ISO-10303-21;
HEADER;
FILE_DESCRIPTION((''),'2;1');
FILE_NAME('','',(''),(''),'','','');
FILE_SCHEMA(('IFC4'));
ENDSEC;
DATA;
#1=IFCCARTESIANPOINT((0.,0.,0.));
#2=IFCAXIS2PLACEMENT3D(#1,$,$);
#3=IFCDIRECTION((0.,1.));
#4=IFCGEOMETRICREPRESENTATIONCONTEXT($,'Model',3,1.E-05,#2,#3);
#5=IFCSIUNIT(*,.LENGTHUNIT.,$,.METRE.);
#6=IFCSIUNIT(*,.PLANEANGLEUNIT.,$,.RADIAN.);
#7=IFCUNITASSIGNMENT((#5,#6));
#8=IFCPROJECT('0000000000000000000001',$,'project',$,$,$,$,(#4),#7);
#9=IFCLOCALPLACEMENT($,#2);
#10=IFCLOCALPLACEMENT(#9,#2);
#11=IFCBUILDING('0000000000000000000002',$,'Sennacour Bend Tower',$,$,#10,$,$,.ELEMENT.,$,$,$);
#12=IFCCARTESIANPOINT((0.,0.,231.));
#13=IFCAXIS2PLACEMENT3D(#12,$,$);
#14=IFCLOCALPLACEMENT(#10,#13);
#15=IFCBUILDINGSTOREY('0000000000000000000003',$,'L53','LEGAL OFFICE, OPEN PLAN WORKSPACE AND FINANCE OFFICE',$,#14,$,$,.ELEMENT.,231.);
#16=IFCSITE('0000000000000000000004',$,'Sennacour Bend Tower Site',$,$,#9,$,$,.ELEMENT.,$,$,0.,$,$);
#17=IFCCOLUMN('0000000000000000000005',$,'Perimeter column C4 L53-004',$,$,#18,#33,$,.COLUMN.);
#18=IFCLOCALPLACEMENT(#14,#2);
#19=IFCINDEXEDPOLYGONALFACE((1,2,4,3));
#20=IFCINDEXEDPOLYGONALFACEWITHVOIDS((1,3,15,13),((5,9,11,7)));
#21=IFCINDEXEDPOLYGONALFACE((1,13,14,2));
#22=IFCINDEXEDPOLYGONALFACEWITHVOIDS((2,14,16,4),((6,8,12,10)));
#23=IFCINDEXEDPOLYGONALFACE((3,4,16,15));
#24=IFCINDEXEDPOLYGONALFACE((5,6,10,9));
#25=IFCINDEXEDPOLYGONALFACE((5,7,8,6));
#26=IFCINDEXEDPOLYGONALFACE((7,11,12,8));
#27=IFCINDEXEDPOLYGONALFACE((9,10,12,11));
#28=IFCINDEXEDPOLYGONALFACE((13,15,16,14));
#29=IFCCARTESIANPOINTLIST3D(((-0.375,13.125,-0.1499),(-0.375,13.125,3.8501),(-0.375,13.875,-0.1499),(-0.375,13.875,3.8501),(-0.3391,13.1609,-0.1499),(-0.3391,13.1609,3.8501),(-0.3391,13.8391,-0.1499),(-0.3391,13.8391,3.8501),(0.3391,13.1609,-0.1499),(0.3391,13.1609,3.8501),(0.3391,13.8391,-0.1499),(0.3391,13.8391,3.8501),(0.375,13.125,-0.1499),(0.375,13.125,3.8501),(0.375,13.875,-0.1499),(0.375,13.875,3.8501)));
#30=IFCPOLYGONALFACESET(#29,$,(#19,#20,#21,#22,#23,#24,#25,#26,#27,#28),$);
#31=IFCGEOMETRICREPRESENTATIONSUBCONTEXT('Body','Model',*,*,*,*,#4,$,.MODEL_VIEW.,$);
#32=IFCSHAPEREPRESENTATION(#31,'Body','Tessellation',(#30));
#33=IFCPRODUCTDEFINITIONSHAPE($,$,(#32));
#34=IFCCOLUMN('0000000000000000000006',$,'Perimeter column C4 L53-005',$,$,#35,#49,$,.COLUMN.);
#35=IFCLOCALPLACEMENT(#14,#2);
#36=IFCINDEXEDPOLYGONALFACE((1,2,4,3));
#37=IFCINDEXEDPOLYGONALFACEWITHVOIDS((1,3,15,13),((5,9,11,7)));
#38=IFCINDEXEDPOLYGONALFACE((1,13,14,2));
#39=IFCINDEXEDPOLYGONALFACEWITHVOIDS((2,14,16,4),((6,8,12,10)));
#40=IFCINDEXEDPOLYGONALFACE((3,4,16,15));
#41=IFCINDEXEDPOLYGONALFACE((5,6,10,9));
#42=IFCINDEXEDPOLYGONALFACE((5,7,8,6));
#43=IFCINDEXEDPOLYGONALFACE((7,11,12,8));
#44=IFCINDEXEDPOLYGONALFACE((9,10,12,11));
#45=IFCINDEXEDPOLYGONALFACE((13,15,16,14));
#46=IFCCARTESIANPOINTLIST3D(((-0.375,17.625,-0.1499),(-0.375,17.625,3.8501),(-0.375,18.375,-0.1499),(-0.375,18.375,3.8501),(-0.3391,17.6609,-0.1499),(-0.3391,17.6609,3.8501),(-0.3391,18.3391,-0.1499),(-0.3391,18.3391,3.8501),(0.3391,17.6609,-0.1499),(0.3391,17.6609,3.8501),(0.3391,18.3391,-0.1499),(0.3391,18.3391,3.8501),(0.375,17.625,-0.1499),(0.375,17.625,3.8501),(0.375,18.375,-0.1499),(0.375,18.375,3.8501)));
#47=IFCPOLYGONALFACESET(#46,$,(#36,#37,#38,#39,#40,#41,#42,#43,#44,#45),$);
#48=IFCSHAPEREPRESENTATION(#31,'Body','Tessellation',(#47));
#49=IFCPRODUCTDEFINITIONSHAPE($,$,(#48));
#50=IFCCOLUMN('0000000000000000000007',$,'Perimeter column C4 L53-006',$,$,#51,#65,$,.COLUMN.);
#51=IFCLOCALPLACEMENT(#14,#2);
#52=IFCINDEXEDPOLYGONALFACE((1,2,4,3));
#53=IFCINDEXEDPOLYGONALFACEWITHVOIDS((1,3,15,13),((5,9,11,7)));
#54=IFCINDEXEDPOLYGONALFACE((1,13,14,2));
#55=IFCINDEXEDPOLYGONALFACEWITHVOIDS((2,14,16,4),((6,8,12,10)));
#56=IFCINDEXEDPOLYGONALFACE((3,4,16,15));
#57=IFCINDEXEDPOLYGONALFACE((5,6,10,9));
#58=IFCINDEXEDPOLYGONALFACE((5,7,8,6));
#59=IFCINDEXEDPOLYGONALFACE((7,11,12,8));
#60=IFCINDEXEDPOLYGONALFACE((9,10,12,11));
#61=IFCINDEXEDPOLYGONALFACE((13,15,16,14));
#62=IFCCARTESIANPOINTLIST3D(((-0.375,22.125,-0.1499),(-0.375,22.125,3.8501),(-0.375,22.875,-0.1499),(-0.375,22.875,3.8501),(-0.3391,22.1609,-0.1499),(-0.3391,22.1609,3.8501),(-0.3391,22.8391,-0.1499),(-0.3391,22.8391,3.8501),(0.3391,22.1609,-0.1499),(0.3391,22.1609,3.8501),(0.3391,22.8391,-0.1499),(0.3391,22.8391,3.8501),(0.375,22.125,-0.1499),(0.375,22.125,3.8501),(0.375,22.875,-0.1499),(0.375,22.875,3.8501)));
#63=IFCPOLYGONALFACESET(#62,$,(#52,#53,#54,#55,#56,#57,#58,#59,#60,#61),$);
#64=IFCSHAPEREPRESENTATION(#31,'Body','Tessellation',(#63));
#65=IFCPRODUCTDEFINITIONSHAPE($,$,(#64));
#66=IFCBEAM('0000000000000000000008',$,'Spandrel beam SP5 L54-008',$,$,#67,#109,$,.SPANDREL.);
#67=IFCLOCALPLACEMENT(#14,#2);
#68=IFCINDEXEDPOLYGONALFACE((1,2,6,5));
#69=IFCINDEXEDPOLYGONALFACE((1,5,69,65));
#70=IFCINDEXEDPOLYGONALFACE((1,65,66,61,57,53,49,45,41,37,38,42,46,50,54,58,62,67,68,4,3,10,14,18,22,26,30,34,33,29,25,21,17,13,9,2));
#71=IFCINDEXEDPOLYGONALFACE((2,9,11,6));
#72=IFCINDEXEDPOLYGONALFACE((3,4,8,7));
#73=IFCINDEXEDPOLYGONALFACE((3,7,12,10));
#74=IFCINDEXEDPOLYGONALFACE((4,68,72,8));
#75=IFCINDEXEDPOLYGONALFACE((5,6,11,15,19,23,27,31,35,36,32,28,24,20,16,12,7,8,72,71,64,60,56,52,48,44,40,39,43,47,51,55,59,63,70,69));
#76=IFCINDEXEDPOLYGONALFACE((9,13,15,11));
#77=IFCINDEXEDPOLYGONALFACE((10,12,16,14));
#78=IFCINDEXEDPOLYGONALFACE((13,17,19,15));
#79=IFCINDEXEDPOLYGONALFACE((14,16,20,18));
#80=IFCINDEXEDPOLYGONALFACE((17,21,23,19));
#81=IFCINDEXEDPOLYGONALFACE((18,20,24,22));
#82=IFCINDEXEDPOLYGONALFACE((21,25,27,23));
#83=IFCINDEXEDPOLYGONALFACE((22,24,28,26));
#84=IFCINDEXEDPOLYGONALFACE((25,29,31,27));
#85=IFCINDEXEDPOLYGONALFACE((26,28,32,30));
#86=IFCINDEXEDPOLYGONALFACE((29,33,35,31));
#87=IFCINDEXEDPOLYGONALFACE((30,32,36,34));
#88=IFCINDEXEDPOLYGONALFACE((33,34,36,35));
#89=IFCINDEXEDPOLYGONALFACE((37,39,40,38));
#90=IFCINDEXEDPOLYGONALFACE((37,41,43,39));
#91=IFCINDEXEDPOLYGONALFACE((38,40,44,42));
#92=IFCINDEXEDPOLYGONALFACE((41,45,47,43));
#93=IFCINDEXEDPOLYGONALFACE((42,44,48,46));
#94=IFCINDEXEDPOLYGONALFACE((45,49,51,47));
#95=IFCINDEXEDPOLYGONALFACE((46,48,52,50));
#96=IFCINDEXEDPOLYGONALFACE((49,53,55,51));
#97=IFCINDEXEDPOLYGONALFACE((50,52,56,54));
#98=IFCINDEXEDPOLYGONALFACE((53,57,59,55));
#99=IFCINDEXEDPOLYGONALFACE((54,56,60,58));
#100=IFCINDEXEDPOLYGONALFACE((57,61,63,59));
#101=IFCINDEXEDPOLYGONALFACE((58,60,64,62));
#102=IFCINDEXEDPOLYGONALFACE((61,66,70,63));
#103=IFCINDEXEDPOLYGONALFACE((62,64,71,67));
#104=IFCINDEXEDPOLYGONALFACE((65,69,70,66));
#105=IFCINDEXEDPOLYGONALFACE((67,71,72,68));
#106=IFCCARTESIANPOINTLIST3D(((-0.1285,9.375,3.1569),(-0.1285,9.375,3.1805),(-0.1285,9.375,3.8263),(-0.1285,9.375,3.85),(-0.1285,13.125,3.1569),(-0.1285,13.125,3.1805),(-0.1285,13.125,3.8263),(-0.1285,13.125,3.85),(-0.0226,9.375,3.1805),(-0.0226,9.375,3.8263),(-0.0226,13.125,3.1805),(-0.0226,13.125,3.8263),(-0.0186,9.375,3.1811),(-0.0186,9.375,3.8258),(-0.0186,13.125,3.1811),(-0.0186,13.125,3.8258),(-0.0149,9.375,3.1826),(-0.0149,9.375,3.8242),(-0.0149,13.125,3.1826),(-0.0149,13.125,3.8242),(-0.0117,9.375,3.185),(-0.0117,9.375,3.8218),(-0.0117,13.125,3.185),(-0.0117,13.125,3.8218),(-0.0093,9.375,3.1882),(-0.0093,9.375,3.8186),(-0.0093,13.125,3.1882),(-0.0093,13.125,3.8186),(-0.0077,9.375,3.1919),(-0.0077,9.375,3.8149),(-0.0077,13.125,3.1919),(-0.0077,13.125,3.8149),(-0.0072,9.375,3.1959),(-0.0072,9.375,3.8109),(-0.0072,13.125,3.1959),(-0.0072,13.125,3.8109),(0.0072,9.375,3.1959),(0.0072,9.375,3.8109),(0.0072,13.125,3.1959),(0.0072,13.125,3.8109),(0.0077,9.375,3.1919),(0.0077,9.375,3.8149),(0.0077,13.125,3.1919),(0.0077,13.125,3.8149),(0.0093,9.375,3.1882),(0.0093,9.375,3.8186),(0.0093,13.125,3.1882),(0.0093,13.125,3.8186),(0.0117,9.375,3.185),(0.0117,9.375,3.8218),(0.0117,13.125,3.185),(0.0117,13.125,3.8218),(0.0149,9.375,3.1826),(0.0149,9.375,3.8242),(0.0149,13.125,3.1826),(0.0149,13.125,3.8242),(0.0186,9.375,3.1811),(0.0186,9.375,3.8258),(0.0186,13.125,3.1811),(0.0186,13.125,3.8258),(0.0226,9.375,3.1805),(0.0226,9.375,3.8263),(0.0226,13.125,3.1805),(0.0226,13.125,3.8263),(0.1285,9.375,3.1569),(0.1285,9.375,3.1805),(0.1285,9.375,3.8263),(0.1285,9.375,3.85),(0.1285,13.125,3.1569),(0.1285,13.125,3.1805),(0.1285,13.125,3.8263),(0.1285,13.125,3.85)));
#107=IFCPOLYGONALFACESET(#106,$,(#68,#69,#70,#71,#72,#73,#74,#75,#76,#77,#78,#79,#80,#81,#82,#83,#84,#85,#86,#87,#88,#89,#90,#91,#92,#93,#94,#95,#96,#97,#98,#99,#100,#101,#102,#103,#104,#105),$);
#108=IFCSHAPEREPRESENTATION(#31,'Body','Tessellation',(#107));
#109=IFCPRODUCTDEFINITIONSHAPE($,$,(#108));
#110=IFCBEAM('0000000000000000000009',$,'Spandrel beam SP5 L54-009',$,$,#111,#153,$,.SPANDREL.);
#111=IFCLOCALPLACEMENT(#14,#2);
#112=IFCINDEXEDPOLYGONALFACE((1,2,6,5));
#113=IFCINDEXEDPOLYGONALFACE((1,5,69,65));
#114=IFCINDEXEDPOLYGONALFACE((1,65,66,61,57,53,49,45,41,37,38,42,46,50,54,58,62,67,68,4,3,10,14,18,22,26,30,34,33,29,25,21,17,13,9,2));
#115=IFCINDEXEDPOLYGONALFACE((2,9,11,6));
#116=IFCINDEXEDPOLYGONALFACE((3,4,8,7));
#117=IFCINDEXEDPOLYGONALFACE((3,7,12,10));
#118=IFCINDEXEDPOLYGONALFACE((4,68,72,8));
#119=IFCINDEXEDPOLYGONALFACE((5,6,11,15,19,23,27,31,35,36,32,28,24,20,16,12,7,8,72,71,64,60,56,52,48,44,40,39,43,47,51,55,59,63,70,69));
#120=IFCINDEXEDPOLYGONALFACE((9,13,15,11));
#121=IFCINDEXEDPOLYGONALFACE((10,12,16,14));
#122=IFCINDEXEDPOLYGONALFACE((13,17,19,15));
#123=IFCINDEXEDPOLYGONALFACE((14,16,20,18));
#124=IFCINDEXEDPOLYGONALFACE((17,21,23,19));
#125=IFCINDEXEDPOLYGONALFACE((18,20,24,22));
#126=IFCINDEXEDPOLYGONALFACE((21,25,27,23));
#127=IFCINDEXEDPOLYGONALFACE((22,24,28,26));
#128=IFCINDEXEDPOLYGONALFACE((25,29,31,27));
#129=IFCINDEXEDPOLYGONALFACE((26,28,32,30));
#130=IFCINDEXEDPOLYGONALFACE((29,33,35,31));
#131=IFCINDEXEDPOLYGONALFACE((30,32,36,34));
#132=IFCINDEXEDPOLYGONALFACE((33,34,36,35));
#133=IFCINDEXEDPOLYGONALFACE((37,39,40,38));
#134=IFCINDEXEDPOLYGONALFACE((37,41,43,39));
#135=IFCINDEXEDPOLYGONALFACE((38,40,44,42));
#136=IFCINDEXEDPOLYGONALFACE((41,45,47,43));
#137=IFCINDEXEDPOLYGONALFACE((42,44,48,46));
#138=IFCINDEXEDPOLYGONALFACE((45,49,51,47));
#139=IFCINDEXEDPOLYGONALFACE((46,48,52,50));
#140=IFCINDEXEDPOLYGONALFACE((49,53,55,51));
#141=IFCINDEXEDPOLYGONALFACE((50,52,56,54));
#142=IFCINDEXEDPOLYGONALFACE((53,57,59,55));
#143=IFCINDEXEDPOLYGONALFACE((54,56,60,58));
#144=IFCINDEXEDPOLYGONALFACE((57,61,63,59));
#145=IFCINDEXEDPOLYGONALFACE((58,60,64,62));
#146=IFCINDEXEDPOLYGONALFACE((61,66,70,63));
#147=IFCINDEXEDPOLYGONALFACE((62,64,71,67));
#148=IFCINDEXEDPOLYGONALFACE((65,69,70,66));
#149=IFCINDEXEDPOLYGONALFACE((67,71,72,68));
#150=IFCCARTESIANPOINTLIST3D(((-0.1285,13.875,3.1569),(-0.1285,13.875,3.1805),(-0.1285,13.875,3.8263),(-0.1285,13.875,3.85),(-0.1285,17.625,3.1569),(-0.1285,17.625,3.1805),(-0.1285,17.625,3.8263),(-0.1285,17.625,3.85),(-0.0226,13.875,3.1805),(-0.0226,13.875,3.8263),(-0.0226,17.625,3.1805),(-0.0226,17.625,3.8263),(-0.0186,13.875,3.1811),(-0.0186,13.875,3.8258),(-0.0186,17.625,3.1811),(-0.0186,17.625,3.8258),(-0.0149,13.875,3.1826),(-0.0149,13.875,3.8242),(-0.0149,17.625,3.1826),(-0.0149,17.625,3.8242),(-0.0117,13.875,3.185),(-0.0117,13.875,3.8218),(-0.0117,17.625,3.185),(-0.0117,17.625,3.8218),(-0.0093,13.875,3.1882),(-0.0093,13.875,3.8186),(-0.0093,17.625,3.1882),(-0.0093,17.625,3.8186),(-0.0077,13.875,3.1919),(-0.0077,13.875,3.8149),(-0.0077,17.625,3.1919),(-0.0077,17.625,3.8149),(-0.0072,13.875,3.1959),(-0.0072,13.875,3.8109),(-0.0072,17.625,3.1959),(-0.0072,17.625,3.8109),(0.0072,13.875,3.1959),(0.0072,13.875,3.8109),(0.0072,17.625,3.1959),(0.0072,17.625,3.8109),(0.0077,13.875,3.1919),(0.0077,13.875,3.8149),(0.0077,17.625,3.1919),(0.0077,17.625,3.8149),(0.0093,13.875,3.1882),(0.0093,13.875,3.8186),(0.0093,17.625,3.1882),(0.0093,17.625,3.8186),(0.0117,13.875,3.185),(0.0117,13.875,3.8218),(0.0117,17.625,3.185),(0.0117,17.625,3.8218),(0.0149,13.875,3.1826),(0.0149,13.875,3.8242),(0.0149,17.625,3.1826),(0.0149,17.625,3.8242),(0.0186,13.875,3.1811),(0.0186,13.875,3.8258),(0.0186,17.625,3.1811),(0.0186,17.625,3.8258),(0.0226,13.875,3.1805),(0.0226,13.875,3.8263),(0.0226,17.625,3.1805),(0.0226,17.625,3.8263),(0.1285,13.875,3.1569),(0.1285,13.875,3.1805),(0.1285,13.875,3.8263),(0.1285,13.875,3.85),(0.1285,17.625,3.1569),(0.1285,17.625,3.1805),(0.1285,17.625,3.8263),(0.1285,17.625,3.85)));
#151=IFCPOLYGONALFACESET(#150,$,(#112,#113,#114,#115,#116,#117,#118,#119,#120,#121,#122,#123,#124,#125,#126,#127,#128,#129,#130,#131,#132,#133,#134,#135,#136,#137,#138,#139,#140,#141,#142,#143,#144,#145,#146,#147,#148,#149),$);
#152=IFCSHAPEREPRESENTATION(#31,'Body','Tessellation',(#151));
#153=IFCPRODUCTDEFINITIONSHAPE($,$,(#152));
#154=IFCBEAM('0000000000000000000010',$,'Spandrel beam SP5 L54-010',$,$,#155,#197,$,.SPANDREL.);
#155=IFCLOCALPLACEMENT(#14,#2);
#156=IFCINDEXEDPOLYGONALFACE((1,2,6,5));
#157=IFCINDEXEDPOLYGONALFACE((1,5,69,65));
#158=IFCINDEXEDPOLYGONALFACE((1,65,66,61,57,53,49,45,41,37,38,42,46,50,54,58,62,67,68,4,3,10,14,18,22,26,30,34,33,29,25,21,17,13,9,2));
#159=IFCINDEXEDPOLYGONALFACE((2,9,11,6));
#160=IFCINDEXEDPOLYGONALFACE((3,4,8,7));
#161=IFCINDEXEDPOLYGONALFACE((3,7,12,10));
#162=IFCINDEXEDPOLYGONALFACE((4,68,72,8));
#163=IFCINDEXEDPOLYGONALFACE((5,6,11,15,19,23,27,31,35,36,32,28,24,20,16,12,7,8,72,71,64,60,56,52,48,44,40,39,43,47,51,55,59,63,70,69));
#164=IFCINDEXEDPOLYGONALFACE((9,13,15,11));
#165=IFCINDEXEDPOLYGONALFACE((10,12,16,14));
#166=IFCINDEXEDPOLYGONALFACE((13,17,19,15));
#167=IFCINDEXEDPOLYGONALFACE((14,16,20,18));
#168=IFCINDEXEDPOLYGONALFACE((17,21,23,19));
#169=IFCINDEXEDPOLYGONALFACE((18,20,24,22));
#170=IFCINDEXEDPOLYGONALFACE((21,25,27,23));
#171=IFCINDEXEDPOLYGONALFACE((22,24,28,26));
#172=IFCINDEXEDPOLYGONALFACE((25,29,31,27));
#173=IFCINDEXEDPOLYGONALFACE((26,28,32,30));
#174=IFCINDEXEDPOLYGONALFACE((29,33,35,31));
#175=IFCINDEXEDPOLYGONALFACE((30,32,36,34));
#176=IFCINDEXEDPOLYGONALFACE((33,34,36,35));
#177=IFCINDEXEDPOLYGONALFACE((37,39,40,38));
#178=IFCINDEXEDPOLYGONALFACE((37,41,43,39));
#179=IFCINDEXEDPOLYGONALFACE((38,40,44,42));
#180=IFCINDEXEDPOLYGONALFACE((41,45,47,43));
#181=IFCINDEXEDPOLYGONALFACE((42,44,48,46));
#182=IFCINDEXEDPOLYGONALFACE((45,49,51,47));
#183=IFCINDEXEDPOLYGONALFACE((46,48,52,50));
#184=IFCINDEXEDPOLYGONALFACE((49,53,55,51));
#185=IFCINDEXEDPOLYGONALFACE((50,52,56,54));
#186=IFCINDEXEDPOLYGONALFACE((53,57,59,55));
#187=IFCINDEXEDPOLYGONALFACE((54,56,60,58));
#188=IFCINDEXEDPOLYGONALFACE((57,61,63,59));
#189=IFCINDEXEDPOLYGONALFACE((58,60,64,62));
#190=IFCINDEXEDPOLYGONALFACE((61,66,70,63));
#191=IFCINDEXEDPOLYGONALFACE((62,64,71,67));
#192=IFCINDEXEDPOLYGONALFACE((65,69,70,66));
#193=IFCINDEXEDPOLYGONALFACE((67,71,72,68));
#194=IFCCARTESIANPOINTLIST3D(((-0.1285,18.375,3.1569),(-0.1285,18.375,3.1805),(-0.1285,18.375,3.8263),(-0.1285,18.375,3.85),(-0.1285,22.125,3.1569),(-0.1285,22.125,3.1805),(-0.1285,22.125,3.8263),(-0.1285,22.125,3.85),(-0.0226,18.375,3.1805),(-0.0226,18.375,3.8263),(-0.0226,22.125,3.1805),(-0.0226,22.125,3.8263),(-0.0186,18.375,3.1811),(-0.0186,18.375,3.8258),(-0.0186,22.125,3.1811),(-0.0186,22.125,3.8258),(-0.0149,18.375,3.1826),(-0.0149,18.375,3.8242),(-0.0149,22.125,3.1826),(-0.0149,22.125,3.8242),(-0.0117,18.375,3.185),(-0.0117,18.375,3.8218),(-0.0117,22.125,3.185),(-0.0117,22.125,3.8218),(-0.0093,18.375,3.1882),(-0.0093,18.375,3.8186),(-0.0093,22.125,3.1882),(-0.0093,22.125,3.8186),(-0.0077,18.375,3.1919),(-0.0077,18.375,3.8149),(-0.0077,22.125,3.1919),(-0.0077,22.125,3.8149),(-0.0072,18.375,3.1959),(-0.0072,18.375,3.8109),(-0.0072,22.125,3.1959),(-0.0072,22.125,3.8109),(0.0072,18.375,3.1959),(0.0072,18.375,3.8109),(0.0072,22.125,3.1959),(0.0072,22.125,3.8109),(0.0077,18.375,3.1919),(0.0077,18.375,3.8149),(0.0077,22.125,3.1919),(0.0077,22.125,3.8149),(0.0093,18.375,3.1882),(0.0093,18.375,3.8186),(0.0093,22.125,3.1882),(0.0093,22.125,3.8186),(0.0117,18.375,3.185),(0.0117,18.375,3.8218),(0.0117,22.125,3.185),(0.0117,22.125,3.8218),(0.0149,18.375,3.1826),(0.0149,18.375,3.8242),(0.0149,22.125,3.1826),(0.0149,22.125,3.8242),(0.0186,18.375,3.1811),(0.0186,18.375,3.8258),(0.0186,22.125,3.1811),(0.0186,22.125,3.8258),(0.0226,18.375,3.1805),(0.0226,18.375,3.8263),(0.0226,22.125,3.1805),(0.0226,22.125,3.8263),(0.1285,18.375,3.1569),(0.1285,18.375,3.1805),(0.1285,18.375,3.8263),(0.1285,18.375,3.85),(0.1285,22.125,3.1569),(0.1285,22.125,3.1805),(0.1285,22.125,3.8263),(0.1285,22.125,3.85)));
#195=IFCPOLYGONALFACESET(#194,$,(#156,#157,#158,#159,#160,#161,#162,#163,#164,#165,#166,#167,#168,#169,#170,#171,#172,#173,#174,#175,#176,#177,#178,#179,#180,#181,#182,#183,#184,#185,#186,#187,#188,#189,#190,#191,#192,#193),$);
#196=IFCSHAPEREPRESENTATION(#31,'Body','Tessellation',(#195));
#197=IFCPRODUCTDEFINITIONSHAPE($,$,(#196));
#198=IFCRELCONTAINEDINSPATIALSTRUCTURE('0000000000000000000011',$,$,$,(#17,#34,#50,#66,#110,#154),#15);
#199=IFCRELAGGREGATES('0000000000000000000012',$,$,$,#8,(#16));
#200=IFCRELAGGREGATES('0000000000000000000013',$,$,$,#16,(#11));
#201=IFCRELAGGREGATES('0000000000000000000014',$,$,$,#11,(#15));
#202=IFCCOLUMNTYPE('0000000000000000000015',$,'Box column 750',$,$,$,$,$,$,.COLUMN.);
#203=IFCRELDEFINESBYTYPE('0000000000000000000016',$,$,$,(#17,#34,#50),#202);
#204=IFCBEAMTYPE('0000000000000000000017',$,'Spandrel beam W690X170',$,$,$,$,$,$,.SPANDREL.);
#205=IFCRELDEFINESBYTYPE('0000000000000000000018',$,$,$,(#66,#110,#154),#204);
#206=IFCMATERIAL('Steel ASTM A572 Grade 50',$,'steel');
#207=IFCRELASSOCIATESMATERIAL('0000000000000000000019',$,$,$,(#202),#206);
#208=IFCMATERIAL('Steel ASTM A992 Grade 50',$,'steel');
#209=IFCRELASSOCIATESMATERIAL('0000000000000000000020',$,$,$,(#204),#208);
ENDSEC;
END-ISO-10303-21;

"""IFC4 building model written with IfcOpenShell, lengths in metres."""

from ifc_helpers import new_model, si_unit, direction, frame, origin, origin_2d, place, context, subcontext, project, spatial, hollow_rectangle, i_section, extrude, material, material_profile, profile_set, type_object, element, save


model = new_model("IFC4")

# Units and contexts
model_context = context("Model", 3, precision=1e-05, world=origin(), true_north=direction((0.0, 1.0)))
body_context = subcontext(model_context, "Body", "Model", "MODEL_VIEW")
ifc_project = project(units=[si_unit("LENGTHUNIT", "METRE"), si_unit("PLANEANGLEUNIT", "RADIAN")], contexts=[model_context])

# Site, building, storey
site_placement = place(None, origin())
site = spatial("IfcSite", under=ifc_project, at=site_placement, Name="Sennacour Bend Tower Site", CompositionType="ELEMENT", RefElevation=0.0)
building_placement = place(site_placement, origin())
building = spatial("IfcBuilding", under=site, at=building_placement, Name="Sennacour Bend Tower", CompositionType="ELEMENT")
storey_placement = place(building_placement, frame((0.0, 0.0, 231.0)))
storey = spatial("IfcBuildingStorey", under=building, at=storey_placement, Name="L53", Description="LEGAL OFFICE, OPEN PLAN WORKSPACE AND FINANCE OFFICE", CompositionType="ELEMENT", Elevation=231.0)

# Columns
ifc_material_1 = material(Name="Steel ASTM A572 Grade 50", Category="steel")
ifc_material_profile_1 = material_profile(ifc_material_1, hollow_rectangle(XDim=0.75, YDim=0.75, WallThickness=0.0359, at=origin_2d()), Name="Steel ASTM A572 Grade 50", Category="steel")
ifc_profile_set_1 = profile_set([ifc_material_profile_1], Name="Steel ASTM A572 Grade 50")
column_type = type_object("IfcColumnType", Name="Box column 750", PredefinedType="COLUMN", material=ifc_profile_set_1)
for number, where, z_axis, x_axis, name in (
    (1, (0.0, 13.5, -0.1499), (0.0, 0.0, 1.0), (1.0, 0.0, 0.0), "Perimeter column C4 L53-004"),
    (2, (0.0, 18.0, -0.1499), (0.0, 0.0, 1.0), (1.0, 0.0, 0.0), "Perimeter column C4 L53-005"),
    (3, (0.0, 22.5, -0.1499), (0.0, 0.0, 1.0), (1.0, 0.0, 0.0), "Perimeter column C4 L53-006"),
):
    element("IfcColumn", number, at=place(storey_placement, frame(where, z_axis=z_axis, x_axis=x_axis)), inside=storey, type_object=column_type, Name=name, PredefinedType="COLUMN", context=body_context, shape_type="SweptSolid", body=[
        extrude(hollow_rectangle(XDim=0.75, YDim=0.75, WallThickness=0.0359, at=origin_2d()), origin(), (0.0, 0.0, 1.0), 4.0),
    ])

# Beams
ifc_material_2 = material(Name="Steel ASTM A992 Grade 50", Category="steel")
ifc_material_profile_2 = material_profile(ifc_material_2, i_section(OverallWidth=0.2571, OverallDepth=0.6931, WebThickness=0.0144, FlangeThickness=0.0237, FilletRadius=0.0154, at=origin_2d()), Name="Steel ASTM A992 Grade 50", Category="steel")
ifc_profile_set_2 = profile_set([ifc_material_profile_2], Name="Steel ASTM A992 Grade 50")
beam_type = type_object("IfcBeamType", Name="Spandrel beam W690X170", PredefinedType="SPANDREL", material=ifc_profile_set_2)
for number, where, z_axis, x_axis, name in (
    (4, (0.0, 9.375, 3.5034), (0.0, 1.0, 0.0), (-1.0, 0.0, 0.0), "Spandrel beam SP5 L54-008"),
    (5, (0.0, 13.875, 3.5034), (0.0, 1.0, 0.0), (-1.0, 0.0, 0.0), "Spandrel beam SP5 L54-009"),
    (6, (0.0, 18.375, 3.5034), (0.0, 1.0, 0.0), (-1.0, 0.0, 0.0), "Spandrel beam SP5 L54-010"),
):
    element("IfcBeam", number, at=place(storey_placement, frame(where, z_axis=z_axis, x_axis=x_axis)), inside=storey, type_object=beam_type, Name=name, PredefinedType="SPANDREL", context=body_context, shape_type="SweptSolid", body=[
        extrude(i_section(OverallWidth=0.2571, OverallDepth=0.6931, WebThickness=0.0144, FlangeThickness=0.0237, FilletRadius=0.0154, at=origin_2d()), origin(), (0.0, 0.0, 1.0), 3.75),
    ])

save(model, "model.ifc")
